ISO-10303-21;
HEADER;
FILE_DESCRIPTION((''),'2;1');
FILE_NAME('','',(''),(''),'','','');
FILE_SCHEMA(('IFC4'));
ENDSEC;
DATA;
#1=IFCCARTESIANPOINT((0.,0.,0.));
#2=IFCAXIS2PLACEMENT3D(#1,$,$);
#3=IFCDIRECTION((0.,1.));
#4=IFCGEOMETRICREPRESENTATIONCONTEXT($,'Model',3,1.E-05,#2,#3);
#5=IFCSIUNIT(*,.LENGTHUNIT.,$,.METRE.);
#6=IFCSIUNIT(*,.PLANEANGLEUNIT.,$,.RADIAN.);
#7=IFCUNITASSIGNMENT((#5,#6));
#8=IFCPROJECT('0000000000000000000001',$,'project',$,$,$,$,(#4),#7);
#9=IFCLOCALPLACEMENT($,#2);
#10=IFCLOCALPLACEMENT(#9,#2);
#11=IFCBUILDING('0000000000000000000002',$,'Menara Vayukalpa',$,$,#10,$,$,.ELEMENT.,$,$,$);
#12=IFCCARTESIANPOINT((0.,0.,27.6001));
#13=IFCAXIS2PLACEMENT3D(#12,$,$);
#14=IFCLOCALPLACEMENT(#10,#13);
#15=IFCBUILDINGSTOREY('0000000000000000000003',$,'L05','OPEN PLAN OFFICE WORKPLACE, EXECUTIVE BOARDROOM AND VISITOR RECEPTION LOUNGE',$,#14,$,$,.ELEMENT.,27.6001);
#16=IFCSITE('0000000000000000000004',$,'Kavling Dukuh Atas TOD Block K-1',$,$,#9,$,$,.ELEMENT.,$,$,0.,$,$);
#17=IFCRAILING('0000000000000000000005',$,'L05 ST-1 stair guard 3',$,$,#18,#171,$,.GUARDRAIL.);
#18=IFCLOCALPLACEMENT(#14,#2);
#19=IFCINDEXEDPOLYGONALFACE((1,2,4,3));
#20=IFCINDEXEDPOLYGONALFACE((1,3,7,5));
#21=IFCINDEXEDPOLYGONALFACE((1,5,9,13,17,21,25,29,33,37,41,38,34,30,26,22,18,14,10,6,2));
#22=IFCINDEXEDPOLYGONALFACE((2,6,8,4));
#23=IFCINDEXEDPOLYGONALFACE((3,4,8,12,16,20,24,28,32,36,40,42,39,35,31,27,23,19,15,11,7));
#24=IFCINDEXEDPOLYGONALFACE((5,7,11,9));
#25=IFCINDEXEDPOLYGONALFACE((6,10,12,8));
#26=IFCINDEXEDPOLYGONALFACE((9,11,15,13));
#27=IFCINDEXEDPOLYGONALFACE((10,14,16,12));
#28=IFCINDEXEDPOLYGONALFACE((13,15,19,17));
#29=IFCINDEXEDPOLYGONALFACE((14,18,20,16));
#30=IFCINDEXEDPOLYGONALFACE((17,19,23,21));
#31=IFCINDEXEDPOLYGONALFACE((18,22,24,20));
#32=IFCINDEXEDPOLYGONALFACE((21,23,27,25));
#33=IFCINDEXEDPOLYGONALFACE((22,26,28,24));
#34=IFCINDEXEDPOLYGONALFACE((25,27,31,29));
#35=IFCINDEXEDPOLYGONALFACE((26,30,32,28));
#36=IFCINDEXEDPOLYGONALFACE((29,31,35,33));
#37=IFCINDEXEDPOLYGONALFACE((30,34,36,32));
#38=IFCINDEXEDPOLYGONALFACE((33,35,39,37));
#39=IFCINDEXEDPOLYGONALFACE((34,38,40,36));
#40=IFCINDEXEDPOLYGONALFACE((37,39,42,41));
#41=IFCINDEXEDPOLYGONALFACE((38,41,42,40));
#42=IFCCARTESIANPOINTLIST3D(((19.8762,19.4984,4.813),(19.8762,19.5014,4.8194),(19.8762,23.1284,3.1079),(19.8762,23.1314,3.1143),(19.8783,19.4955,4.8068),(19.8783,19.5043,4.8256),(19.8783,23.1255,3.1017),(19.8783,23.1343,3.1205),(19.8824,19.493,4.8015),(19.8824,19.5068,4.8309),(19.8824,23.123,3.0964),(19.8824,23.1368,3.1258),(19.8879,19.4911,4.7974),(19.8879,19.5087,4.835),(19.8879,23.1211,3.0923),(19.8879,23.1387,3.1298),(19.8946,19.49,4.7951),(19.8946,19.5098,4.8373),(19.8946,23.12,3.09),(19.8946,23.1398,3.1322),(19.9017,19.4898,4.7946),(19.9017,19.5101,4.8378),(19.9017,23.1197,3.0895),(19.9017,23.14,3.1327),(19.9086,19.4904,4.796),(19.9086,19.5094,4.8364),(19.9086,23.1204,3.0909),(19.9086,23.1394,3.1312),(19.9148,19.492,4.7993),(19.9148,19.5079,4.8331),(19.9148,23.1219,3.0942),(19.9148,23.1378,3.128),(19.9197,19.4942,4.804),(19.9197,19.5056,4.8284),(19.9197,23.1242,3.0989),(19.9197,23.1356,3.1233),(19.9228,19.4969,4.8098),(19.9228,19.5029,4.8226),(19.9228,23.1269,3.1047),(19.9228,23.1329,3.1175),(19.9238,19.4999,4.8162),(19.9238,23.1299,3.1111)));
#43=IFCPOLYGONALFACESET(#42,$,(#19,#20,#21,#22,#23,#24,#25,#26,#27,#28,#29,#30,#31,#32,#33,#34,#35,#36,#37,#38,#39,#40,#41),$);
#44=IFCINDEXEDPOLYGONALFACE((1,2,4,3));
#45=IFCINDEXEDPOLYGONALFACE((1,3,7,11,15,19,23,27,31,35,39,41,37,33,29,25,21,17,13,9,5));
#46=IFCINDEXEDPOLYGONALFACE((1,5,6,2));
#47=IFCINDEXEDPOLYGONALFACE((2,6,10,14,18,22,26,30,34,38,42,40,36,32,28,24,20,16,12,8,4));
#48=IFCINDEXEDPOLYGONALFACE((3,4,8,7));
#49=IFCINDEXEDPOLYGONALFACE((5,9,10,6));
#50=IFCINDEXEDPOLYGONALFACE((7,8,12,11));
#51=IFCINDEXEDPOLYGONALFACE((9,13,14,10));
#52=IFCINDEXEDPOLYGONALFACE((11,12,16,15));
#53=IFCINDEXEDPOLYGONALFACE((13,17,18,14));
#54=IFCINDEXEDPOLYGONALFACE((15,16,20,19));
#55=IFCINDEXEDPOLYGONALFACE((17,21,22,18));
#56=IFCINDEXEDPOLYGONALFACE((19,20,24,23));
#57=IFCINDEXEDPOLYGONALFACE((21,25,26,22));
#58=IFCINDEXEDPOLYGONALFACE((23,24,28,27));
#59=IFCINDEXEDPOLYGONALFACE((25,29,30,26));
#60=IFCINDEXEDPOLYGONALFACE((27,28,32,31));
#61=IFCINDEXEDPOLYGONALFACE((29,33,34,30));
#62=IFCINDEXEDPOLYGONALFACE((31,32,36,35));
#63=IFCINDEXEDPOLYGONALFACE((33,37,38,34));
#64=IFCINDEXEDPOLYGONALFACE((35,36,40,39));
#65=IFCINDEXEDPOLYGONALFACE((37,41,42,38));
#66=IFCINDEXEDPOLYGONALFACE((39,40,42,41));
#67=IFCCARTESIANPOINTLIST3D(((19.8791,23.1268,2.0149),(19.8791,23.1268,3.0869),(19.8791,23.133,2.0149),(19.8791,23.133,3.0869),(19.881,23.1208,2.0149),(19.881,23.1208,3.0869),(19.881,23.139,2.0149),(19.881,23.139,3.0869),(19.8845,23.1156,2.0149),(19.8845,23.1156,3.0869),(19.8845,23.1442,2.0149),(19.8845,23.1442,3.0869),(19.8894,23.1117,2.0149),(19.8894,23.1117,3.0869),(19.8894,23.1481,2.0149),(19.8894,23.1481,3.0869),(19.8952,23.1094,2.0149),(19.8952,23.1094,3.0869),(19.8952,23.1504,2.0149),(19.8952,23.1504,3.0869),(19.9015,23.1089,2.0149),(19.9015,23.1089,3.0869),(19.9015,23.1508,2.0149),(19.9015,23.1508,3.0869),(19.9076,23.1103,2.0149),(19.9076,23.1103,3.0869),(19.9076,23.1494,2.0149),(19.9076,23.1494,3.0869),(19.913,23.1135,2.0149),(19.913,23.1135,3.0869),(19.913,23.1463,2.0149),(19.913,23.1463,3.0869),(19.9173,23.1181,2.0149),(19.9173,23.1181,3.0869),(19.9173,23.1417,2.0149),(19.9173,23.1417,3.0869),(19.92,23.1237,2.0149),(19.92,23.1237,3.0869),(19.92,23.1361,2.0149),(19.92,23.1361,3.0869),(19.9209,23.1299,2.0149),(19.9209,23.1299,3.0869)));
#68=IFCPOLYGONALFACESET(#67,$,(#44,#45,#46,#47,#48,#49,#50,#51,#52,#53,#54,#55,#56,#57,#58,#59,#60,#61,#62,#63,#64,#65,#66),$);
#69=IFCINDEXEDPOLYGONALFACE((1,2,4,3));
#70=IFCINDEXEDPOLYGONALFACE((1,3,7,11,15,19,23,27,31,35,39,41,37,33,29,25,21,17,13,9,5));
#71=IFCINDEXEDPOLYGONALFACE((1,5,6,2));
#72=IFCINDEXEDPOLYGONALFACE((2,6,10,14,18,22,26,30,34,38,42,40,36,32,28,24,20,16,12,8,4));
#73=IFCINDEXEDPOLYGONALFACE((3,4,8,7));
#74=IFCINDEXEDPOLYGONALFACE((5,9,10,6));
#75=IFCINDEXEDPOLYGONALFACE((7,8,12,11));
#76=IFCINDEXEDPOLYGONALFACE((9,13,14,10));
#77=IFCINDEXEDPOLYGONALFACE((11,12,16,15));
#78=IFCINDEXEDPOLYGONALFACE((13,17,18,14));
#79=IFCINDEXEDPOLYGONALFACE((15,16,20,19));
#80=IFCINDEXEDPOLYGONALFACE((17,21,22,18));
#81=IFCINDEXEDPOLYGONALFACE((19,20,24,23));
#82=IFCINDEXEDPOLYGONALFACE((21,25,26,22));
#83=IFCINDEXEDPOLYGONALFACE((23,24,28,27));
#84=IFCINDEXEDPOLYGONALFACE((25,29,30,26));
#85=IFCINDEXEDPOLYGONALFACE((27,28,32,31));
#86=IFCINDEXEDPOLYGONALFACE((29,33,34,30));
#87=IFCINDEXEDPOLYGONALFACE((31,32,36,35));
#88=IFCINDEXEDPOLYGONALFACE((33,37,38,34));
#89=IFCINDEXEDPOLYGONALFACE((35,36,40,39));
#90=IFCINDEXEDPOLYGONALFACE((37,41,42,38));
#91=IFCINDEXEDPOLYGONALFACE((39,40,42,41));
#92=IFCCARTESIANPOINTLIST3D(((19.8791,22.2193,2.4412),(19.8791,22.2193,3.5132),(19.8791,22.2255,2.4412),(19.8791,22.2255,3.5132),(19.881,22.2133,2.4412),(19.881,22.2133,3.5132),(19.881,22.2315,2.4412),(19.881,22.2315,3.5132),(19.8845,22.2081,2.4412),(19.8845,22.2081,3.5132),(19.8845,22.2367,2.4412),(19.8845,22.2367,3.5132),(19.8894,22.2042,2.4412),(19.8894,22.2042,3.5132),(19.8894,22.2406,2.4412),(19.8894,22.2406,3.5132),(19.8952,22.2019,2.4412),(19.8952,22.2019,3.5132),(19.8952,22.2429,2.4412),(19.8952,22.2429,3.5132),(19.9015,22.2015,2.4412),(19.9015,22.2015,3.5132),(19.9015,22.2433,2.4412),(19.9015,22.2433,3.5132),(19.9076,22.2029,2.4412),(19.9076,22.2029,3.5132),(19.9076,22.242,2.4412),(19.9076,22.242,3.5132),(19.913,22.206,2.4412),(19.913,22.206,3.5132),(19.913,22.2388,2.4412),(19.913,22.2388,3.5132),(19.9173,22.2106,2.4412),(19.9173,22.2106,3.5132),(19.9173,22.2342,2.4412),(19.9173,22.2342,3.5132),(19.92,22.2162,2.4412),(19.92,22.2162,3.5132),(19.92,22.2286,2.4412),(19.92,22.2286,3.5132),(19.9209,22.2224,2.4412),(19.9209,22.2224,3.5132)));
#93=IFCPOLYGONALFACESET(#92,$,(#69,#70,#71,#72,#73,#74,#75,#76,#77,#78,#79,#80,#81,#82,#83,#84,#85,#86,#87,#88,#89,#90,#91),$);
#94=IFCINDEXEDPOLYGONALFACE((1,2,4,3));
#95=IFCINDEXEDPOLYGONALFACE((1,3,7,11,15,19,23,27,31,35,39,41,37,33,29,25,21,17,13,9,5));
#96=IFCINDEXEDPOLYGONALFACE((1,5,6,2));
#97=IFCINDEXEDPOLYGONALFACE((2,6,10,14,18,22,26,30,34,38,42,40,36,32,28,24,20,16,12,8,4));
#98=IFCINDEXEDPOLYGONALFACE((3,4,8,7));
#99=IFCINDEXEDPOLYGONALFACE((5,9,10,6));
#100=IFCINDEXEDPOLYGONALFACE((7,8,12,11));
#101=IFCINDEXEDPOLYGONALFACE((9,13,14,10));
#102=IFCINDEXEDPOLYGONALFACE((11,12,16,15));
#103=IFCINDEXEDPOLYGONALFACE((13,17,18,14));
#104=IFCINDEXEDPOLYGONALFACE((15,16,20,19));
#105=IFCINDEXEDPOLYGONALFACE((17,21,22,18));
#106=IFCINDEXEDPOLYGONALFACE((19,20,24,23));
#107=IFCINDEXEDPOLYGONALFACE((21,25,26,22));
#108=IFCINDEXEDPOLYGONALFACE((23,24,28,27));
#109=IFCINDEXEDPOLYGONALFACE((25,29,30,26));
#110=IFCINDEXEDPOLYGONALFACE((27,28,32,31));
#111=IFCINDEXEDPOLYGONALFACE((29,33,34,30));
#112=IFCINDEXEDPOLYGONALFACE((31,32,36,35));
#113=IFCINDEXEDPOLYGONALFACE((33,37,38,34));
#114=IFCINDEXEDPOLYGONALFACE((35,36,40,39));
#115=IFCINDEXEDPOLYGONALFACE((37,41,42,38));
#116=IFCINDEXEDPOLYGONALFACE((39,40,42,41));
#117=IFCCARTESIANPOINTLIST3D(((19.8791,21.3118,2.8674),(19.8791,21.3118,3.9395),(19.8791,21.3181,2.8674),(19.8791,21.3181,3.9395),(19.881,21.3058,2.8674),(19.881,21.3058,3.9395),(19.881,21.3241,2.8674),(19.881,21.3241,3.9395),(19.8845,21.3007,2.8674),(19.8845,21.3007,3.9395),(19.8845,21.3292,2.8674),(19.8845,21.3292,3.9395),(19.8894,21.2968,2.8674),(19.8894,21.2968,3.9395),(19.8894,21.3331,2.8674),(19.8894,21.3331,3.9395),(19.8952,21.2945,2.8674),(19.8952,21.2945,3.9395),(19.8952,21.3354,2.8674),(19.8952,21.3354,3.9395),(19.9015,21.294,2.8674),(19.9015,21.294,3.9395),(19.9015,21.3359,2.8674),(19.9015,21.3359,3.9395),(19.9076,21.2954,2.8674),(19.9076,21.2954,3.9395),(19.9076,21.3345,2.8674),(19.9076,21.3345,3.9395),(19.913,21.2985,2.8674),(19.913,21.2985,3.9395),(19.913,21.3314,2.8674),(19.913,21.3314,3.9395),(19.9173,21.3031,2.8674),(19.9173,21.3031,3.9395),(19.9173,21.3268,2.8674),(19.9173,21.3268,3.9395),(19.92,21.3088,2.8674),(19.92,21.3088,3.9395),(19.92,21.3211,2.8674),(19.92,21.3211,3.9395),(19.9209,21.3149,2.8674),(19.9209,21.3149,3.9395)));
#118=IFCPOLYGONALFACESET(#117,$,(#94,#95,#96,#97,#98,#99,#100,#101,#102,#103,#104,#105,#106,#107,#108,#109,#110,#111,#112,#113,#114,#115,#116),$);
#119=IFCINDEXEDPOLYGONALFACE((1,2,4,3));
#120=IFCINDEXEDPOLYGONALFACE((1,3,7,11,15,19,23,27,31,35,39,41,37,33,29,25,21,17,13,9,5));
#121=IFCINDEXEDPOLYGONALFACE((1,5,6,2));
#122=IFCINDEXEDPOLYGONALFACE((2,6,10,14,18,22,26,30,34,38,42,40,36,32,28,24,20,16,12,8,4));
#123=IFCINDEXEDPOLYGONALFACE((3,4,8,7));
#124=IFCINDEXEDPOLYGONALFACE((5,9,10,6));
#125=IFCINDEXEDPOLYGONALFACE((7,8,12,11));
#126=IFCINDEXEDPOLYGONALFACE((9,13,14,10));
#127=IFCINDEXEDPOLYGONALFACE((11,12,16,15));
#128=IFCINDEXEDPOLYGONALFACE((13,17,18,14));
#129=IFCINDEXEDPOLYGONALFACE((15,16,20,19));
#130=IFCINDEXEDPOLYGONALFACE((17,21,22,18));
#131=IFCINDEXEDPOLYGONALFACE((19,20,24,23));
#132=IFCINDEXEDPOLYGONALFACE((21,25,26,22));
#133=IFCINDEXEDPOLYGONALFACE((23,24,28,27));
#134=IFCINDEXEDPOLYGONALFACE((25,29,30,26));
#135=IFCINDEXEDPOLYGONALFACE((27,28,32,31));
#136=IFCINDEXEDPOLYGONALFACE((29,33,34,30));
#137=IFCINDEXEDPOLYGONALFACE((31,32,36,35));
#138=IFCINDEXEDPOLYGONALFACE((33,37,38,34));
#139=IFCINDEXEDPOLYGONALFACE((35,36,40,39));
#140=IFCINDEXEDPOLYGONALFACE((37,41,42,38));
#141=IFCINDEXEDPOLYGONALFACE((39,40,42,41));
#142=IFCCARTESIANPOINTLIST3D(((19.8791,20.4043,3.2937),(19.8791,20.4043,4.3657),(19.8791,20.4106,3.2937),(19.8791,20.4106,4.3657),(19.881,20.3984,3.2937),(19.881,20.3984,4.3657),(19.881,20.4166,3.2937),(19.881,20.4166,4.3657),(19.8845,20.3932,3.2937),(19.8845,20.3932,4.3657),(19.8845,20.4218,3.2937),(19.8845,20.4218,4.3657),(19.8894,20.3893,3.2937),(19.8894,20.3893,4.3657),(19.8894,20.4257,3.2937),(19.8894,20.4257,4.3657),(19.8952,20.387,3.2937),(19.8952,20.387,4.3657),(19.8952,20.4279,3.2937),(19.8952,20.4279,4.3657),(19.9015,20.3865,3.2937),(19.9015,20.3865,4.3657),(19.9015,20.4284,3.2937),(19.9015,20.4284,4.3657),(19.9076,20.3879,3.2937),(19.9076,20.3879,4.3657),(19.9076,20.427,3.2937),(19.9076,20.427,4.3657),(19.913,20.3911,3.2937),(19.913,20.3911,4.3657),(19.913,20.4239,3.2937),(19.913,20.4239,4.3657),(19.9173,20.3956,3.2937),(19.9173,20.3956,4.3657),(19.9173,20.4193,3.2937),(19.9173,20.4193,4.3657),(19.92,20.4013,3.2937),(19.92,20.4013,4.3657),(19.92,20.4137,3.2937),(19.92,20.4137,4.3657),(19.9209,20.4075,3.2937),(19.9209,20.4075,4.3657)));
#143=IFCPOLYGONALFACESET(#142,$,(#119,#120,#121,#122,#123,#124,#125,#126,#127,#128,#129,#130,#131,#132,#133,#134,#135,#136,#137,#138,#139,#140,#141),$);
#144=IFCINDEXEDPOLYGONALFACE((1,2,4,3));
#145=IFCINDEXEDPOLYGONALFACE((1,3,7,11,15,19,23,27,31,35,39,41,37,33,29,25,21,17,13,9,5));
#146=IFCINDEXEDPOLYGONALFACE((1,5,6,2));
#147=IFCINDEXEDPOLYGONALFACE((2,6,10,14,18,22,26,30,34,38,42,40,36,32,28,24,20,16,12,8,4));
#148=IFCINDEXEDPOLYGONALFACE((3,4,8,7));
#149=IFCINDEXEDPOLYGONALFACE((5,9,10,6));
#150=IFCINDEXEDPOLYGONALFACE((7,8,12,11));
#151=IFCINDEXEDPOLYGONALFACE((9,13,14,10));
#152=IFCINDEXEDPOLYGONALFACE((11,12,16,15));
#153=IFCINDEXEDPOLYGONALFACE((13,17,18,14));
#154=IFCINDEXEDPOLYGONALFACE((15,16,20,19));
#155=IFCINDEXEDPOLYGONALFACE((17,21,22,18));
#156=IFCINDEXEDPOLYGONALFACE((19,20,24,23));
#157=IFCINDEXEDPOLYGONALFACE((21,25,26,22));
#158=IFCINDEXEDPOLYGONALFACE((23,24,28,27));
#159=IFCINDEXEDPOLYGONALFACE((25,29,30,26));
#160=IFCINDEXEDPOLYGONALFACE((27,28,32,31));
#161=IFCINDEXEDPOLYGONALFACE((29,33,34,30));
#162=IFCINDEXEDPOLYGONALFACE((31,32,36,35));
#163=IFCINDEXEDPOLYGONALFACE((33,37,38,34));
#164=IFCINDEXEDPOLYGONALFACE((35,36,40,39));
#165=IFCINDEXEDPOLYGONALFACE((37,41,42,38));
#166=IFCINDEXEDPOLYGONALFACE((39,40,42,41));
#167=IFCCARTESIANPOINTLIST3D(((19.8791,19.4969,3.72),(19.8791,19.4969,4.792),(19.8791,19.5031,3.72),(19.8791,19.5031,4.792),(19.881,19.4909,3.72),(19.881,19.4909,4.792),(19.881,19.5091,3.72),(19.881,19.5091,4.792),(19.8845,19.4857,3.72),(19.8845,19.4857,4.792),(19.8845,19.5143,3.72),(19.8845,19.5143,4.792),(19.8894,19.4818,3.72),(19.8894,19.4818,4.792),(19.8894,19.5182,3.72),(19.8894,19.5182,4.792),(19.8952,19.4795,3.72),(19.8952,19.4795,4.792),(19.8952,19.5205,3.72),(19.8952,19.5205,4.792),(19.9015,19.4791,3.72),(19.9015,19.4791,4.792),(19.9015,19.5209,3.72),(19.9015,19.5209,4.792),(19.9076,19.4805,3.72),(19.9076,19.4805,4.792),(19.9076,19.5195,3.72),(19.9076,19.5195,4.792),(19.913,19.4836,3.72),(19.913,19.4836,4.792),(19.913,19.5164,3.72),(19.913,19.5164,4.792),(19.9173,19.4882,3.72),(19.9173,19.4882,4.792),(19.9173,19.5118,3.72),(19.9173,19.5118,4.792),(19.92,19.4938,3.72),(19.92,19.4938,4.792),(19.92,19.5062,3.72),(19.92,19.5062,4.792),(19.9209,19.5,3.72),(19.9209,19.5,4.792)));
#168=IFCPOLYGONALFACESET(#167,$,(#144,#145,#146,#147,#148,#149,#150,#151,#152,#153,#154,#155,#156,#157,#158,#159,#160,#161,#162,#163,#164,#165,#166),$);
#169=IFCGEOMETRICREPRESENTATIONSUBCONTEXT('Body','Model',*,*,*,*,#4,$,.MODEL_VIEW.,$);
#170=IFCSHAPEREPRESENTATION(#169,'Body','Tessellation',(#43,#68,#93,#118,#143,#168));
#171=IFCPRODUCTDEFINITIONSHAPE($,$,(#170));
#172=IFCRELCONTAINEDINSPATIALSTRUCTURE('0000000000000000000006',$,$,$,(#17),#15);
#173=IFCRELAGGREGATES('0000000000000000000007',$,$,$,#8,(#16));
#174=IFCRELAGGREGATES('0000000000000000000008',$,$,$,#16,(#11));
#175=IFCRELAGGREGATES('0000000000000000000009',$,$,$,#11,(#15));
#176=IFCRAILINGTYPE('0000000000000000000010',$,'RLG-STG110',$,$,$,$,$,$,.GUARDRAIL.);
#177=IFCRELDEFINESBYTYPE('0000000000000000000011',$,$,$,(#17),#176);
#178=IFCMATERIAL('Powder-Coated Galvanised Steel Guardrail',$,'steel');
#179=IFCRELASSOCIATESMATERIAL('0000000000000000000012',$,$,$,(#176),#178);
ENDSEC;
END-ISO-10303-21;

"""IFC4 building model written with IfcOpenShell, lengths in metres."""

from ifc_helpers import new_model, si_unit, direction, frame, origin, origin_2d, place, context, subcontext, project, spatial, circle, extrude, material, type_object, element, save


model = new_model("IFC4")

# Units and contexts
model_context = context("Model", 3, precision=1e-05, world=origin(), true_north=direction((0.0, 1.0)))
body_context = subcontext(model_context, "Body", "Model", "MODEL_VIEW")
ifc_project = project(units=[si_unit("LENGTHUNIT", "METRE"), si_unit("PLANEANGLEUNIT", "RADIAN")], contexts=[model_context])

# Site, building, storey
site_placement = place(None, origin())
site = spatial("IfcSite", under=ifc_project, at=site_placement, Name="Kavling Dukuh Atas TOD Block K-1", CompositionType="ELEMENT", RefElevation=0.0)
building_placement = place(site_placement, origin())
building = spatial("IfcBuilding", under=site, at=building_placement, Name="Menara Vayukalpa", CompositionType="ELEMENT")
storey_placement = place(building_placement, frame((0.0, 0.0, 27.6001)))
storey = spatial("IfcBuildingStorey", under=building, at=storey_placement, Name="L05", Description="OPEN PLAN OFFICE WORKPLACE, EXECUTIVE BOARDROOM AND VISITOR RECEPTION LOUNGE", CompositionType="ELEMENT", Elevation=27.6001)

# Railing
ifc_material_1 = material(Name="Powder-Coated Galvanised Steel Guardrail", Category="steel")
railing_type_1 = type_object("IfcRailingType", Name="RLG-STG110", PredefinedType="GUARDRAIL", material=ifc_material_1)
railing_1_placement = place(storey_placement, frame((19.8999, 23.1299, 2.0149)))
element("IfcRailing", 1, at=railing_1_placement, inside=storey, type_object=railing_type_1, Name="L05 ST-1 stair guard 3", PredefinedType="GUARDRAIL", context=body_context, shape_type="SweptSolid", body=[
    extrude(circle(Radius=0.0239, at=origin_2d()), frame((0.0, 0.0, 1.0962), z_axis=(0.0, -0.905116, 0.425164), x_axis=(1.0, 0.0, 0.0)), (0.0, 0.0, 1.0), 4.0105),
    extrude(circle(Radius=0.021, at=origin_2d()), origin(), (0.0, 0.0, 1.0), 1.072),
    extrude(circle(Radius=0.021, at=origin_2d()), frame((0.0, -0.9075, 0.4263)), (0.0, 0.0, 1.0), 1.072),
    extrude(circle(Radius=0.021, at=origin_2d()), frame((0.0, -1.8149, 0.8525)), (0.0, 0.0, 1.0), 1.072),
    extrude(circle(Radius=0.021, at=origin_2d()), frame((0.0, -2.7224, 1.2788)), (0.0, 0.0, 1.0), 1.072),
    extrude(circle(Radius=0.021, at=origin_2d()), frame((0.0, -3.6299, 1.7051)), (0.0, 0.0, 1.0), 1.072),
])

save(model, "model.ifc")
